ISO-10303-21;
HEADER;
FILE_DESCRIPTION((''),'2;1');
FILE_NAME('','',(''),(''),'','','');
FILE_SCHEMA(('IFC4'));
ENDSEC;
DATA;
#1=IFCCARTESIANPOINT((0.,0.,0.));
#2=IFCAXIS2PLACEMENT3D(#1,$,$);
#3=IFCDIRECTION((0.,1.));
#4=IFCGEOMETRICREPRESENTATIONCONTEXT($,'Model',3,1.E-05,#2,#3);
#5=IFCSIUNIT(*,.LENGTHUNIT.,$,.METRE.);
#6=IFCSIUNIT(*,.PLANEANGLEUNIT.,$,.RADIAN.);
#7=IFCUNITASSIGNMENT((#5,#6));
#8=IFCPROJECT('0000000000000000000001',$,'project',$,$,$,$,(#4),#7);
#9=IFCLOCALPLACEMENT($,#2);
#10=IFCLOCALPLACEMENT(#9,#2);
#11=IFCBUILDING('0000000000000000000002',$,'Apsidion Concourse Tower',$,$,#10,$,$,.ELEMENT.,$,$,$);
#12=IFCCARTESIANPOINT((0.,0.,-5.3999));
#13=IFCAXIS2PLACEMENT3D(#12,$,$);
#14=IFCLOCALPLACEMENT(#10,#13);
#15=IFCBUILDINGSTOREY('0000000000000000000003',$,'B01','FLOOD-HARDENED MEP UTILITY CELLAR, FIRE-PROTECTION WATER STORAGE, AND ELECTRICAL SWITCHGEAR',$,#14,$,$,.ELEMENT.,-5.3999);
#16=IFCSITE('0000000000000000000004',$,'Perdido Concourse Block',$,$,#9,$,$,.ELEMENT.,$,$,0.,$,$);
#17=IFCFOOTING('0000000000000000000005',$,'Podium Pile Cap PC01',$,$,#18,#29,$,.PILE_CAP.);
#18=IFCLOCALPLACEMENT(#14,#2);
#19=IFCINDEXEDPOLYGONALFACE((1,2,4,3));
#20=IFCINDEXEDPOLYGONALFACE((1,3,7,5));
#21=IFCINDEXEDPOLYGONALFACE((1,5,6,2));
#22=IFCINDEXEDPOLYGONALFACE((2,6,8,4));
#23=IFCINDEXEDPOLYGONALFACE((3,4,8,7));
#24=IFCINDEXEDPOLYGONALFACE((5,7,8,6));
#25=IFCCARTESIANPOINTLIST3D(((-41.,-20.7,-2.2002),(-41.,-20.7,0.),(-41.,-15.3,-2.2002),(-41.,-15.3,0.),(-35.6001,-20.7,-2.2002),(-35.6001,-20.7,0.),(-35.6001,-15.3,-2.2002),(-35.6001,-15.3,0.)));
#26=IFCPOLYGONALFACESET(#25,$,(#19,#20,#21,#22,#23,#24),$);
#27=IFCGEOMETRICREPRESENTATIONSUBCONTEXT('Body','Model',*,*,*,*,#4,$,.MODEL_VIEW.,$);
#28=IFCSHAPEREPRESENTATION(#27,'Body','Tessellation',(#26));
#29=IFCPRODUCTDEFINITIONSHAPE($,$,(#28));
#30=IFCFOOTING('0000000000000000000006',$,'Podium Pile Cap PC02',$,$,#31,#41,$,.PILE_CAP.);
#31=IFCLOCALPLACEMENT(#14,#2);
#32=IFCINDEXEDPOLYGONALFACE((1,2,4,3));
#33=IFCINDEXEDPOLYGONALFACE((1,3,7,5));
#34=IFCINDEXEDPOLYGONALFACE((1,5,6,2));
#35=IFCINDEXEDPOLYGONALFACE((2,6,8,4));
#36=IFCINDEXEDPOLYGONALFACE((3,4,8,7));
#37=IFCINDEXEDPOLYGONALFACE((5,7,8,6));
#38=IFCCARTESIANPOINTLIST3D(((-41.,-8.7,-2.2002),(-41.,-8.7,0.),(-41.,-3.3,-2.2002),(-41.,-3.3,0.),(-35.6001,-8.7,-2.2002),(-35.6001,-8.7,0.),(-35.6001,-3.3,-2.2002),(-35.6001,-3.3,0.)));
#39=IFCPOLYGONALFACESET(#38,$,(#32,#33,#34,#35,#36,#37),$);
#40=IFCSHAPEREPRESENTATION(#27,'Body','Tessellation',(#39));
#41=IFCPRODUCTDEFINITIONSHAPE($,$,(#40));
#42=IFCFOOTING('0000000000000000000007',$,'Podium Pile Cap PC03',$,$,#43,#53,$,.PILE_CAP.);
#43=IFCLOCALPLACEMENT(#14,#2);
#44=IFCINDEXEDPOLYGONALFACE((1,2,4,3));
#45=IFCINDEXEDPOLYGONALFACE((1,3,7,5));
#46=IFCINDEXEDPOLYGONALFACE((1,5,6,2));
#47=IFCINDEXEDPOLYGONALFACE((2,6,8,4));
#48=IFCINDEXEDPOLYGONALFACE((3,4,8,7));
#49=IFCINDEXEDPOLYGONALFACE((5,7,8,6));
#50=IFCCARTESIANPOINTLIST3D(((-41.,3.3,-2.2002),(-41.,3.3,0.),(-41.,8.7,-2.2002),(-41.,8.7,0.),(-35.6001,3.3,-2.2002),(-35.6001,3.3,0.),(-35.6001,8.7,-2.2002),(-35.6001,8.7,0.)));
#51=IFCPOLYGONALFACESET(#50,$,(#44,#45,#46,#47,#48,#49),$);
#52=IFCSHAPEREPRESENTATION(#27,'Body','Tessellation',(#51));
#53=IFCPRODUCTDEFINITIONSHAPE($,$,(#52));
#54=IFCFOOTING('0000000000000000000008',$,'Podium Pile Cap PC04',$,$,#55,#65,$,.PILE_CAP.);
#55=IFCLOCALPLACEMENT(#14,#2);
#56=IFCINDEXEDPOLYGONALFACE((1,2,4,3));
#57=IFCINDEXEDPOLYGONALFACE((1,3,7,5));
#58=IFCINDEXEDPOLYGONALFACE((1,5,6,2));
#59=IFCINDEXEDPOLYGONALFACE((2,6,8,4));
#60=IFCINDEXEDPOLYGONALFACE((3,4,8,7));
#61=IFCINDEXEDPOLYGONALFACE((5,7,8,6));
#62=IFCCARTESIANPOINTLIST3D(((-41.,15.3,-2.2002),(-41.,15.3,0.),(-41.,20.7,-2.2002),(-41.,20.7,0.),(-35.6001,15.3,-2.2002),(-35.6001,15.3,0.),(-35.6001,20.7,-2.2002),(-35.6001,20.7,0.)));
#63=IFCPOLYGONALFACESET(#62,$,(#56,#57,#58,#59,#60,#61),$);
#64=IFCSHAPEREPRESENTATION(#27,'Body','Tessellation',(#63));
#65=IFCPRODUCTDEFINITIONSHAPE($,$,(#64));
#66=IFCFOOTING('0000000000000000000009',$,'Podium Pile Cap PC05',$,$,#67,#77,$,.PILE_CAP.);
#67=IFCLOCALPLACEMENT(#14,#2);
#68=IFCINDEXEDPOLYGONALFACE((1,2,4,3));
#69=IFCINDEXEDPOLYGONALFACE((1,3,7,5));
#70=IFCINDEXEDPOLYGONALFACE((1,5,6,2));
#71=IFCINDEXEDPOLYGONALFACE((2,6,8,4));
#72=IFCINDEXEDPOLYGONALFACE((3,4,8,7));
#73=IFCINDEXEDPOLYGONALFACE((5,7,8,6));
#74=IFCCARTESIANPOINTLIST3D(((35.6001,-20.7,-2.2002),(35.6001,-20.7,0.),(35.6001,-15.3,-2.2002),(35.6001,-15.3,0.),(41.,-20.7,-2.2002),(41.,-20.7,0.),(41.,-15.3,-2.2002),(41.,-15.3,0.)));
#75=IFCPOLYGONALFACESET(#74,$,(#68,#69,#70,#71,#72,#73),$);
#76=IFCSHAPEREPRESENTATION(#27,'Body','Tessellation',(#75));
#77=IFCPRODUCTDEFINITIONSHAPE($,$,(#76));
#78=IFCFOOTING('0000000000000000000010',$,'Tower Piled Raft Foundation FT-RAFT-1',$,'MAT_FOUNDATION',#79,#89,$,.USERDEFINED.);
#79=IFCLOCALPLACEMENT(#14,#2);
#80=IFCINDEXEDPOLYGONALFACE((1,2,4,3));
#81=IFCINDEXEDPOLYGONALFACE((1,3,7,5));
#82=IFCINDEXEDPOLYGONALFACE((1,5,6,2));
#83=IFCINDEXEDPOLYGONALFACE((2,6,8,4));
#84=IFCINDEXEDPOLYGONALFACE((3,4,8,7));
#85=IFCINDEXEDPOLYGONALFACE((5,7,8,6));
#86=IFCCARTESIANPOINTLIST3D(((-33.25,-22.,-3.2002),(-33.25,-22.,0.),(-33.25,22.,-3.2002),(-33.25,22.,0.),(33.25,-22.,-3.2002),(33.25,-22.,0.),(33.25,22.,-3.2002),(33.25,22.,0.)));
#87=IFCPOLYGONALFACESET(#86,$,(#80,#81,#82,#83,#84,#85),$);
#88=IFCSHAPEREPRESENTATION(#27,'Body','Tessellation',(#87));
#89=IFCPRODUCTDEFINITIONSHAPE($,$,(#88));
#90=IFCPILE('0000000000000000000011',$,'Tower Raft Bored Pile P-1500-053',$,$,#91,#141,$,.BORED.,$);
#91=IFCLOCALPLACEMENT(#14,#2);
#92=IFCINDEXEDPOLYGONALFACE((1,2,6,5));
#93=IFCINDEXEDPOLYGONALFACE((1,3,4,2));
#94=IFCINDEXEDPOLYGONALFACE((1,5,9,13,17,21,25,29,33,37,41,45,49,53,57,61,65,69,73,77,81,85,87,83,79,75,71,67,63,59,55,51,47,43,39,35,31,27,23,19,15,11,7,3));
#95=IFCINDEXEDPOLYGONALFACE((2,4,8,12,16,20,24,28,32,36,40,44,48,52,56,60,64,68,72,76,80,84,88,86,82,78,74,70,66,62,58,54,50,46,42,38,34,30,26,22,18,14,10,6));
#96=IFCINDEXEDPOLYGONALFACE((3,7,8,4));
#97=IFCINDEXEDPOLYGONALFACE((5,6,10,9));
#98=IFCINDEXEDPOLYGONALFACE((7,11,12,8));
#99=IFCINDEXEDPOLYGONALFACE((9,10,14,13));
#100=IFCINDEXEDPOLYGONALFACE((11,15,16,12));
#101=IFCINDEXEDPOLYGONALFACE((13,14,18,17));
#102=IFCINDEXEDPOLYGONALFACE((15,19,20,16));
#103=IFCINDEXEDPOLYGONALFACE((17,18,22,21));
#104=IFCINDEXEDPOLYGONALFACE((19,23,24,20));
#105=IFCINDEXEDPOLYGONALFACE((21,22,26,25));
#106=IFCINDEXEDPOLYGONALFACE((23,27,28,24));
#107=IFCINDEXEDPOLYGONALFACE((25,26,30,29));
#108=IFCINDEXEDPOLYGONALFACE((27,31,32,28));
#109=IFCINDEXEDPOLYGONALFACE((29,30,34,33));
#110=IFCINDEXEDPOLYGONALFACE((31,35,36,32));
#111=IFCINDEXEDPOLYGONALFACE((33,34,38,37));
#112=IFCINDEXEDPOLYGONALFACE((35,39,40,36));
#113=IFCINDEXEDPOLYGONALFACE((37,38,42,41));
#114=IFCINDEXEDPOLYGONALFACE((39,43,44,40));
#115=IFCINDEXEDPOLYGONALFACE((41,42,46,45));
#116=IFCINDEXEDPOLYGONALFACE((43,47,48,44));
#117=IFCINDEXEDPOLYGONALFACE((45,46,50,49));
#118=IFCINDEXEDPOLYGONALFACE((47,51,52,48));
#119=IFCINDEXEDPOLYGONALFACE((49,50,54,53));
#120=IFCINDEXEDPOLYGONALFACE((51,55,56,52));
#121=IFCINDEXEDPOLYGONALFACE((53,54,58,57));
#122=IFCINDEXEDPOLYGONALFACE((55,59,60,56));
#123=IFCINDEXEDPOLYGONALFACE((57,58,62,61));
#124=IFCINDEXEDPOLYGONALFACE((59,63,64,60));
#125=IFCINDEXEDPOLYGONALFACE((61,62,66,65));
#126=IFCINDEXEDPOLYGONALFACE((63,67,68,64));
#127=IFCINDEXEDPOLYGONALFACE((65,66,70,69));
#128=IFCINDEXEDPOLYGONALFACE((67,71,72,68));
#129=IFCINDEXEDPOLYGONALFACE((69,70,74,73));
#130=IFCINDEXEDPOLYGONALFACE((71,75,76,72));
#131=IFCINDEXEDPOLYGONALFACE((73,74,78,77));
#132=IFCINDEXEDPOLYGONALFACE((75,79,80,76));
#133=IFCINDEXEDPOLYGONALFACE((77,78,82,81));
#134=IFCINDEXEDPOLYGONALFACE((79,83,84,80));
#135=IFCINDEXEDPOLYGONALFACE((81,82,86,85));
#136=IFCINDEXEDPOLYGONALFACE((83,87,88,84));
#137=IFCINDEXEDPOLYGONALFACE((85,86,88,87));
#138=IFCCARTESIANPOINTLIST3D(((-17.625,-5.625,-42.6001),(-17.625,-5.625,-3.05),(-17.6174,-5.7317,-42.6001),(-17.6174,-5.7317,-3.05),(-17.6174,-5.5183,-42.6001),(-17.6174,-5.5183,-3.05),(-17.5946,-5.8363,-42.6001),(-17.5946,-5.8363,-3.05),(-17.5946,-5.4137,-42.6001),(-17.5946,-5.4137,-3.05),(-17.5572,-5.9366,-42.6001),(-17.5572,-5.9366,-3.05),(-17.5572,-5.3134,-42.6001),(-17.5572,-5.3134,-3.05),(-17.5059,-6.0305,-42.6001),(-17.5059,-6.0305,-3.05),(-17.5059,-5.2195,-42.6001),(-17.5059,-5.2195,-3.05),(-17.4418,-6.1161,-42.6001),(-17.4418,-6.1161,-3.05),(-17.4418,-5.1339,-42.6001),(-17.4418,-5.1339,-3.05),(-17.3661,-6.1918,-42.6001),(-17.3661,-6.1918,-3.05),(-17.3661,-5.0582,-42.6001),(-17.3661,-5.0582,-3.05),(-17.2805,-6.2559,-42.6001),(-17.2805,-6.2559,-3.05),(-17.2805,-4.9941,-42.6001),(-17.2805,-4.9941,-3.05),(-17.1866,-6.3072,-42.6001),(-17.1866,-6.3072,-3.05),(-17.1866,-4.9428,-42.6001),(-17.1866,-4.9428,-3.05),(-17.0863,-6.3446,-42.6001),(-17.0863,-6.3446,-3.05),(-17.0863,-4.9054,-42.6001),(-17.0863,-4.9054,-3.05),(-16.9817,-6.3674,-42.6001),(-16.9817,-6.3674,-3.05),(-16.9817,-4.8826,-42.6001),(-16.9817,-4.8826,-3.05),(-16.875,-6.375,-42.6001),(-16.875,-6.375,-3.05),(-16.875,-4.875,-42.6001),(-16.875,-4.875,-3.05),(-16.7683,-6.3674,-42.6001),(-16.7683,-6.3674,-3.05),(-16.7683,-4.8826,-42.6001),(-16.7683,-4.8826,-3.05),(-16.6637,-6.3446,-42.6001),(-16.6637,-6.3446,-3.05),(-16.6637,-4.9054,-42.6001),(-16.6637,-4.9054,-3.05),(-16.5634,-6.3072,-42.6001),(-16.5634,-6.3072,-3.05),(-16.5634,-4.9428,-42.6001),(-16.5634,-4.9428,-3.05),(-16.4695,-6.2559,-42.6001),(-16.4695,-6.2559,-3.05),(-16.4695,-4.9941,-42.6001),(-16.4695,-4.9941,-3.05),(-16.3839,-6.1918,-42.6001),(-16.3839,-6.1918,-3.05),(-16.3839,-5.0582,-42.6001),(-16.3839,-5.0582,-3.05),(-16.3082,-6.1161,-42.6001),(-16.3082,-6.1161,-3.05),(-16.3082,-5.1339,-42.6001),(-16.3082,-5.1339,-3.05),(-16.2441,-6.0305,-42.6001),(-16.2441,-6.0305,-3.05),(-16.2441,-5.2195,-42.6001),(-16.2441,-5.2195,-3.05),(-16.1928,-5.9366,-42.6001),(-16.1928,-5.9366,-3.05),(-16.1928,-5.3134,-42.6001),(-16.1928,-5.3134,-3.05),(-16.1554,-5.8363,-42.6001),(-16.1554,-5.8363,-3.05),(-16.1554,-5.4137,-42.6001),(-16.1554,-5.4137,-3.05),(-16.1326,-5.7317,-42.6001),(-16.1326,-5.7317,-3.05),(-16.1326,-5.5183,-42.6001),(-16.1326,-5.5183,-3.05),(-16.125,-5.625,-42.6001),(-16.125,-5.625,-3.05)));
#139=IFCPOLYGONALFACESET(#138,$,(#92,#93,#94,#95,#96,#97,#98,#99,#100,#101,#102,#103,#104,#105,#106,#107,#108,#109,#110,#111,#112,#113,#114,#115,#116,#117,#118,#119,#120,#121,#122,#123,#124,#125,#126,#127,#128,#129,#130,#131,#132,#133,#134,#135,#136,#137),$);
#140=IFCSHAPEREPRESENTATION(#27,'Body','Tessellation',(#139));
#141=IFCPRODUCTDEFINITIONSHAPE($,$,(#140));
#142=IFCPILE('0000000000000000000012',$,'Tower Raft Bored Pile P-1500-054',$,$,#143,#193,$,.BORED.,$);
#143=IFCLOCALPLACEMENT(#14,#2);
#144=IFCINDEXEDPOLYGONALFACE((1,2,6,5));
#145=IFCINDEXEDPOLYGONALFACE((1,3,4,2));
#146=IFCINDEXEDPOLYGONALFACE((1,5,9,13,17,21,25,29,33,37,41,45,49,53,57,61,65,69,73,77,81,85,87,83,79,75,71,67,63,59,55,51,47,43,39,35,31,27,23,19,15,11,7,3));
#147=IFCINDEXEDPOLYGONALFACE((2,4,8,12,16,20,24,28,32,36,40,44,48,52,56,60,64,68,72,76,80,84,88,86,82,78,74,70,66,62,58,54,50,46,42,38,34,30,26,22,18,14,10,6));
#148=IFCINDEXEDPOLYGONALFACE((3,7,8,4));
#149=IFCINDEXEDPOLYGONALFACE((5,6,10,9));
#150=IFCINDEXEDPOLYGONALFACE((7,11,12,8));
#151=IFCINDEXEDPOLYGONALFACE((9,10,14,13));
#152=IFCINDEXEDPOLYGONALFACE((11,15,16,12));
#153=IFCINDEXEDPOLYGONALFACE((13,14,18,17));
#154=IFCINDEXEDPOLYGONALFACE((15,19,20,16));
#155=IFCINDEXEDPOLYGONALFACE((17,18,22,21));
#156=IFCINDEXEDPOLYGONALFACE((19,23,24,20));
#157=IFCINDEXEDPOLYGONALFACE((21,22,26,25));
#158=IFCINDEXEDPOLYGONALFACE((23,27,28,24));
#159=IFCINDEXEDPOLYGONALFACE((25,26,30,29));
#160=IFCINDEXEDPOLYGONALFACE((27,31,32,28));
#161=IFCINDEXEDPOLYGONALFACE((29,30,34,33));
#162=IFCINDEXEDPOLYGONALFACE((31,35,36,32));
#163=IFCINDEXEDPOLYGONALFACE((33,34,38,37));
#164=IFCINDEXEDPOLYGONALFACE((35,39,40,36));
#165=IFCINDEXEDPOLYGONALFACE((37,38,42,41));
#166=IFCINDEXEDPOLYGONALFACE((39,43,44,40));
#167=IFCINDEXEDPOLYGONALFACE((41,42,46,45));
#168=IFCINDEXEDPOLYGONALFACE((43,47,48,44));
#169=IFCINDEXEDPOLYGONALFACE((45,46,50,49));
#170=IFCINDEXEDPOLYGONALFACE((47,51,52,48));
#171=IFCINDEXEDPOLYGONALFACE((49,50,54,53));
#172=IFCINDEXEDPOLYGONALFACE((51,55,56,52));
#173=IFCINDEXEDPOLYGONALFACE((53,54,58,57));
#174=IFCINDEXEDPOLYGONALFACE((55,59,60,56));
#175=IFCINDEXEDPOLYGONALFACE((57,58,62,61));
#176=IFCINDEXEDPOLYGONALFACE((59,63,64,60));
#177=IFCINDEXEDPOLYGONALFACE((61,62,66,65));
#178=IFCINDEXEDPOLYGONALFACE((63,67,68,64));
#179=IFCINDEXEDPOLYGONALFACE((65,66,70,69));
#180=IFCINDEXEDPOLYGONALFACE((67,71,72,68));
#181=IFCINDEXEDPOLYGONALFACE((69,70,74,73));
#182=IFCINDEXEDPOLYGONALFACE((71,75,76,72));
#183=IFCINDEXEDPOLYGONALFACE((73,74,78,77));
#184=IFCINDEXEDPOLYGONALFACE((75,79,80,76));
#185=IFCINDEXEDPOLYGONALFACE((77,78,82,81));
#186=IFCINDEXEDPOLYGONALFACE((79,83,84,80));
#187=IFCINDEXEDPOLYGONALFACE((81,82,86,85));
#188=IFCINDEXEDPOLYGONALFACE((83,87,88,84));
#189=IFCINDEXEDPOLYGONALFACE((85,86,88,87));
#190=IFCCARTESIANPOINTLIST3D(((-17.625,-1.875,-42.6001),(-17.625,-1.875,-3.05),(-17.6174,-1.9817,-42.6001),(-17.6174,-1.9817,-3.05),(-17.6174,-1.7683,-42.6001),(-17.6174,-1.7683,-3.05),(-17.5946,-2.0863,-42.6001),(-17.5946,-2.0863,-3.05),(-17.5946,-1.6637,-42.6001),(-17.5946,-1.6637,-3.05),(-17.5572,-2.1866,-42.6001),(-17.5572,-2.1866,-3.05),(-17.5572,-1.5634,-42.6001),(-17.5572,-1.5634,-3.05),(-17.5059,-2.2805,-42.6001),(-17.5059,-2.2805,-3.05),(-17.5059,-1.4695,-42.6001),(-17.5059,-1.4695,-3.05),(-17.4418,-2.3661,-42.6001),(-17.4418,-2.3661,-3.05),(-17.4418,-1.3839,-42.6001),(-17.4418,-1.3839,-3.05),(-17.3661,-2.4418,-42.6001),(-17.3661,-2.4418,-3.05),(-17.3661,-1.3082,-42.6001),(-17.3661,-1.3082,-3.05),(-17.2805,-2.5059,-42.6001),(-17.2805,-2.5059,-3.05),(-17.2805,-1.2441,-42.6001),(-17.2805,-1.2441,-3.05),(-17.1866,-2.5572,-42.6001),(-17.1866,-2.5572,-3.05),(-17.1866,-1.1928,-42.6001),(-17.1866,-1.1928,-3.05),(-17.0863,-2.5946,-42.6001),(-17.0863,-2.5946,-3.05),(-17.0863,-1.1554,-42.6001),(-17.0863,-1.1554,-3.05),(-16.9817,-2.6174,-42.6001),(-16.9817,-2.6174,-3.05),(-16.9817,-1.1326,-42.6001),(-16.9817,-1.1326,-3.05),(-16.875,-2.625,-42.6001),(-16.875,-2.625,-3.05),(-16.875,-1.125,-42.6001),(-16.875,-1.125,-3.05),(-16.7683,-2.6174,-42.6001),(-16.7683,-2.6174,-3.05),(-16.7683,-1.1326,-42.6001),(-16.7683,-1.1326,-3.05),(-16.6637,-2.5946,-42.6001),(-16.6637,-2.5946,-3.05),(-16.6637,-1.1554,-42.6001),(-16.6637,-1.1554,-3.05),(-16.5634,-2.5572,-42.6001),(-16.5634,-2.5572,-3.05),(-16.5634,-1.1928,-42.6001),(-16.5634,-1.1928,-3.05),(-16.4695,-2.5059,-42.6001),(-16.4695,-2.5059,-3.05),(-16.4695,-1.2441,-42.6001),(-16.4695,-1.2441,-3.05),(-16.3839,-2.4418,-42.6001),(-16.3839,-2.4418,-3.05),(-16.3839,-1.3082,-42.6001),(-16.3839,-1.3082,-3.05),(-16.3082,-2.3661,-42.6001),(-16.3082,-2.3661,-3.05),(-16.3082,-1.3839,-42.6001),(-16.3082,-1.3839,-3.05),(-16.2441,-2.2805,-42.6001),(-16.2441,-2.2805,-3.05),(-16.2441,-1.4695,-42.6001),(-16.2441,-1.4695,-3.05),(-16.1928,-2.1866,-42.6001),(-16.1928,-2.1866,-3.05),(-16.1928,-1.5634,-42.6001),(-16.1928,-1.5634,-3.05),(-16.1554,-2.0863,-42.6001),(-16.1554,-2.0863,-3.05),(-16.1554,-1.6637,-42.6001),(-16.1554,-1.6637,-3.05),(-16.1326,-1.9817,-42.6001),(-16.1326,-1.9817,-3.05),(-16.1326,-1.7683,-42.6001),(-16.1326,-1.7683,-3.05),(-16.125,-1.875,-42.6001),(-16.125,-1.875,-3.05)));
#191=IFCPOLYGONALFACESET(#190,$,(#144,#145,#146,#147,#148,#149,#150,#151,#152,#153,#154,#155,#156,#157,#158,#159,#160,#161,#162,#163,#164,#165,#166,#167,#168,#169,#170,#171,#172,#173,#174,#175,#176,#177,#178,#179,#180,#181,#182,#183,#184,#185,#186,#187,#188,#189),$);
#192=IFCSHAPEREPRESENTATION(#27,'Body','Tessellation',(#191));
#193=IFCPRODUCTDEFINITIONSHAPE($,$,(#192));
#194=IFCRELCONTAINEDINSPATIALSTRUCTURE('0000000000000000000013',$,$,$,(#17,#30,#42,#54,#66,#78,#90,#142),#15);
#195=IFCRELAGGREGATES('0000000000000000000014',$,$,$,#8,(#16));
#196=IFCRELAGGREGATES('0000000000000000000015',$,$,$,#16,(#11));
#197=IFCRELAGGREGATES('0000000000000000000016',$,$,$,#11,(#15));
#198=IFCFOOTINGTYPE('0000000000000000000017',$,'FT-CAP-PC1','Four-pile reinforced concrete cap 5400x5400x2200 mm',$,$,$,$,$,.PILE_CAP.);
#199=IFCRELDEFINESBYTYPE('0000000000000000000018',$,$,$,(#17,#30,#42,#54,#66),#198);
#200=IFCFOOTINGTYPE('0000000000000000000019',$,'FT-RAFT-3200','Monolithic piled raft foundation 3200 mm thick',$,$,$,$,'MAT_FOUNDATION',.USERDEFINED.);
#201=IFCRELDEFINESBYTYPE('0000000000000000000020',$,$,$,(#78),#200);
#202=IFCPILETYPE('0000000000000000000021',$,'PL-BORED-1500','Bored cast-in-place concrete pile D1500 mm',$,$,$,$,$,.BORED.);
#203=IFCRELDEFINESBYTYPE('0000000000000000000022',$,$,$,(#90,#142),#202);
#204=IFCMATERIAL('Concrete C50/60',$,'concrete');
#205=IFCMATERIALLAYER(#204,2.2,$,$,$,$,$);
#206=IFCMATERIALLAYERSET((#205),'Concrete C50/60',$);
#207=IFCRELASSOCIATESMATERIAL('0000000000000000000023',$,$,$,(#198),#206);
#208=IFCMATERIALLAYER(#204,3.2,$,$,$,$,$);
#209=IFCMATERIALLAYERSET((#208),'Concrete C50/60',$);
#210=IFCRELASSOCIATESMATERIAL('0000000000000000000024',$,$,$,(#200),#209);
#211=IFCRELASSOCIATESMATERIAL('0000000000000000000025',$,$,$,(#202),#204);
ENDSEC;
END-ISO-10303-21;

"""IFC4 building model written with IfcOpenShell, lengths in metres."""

from ifc_helpers import new_model, si_unit, direction, frame, origin, origin_2d, place, context, subcontext, project, spatial, polyline, circle, outline, extrude, material, layer, layer_set, material_profile, profile_set, type_object, element, save


model = new_model("IFC4")

# Units and contexts
model_context = context("Model", 3, precision=1e-05, world=origin(), true_north=direction((0.0, 1.0)))
body_context = subcontext(model_context, "Body", "Model", "MODEL_VIEW")
ifc_project = project(units=[si_unit("LENGTHUNIT", "METRE"), si_unit("PLANEANGLEUNIT", "RADIAN")], contexts=[model_context])

# Site, building, storey
site_placement = place(None, origin())
site = spatial("IfcSite", under=ifc_project, at=site_placement, Name="Perdido Concourse Block", CompositionType="ELEMENT", RefElevation=0.0)
building_placement = place(site_placement, origin())
building = spatial("IfcBuilding", under=site, at=building_placement, Name="Apsidion Concourse Tower", CompositionType="ELEMENT")
storey_placement = place(building_placement, frame((0.0, 0.0, -5.3999)))
storey = spatial("IfcBuildingStorey", under=building, at=storey_placement, Name="B01", Description="FLOOD-HARDENED MEP UTILITY CELLAR, FIRE-PROTECTION WATER STORAGE, AND ELECTRICAL SWITCHGEAR", CompositionType="ELEMENT", Elevation=-5.3999)

# Footings
ifc_material_1 = material(Name="Concrete C50/60", Category="concrete")
ifc_layer_1 = layer(ifc_material_1, 2.2)
ifc_layer_set_1 = layer_set([ifc_layer_1], Name="Concrete C50/60")
footing_type_1 = type_object("IfcFootingType", Name="FT-CAP-PC1", Description="Four-pile reinforced concrete cap 5400x5400x2200 mm", PredefinedType="PILE_CAP", material=ifc_layer_set_1)
footing_1_placement = place(storey_placement, frame((0.0, 0.0, -2.2002)))
element("IfcFooting", 1, at=footing_1_placement, inside=storey, type_object=footing_type_1, Name="Podium Pile Cap PC01", PredefinedType="PILE_CAP", context=body_context, shape_type="SweptSolid", body=[
    extrude(outline(polyline([(-41.0, -20.7), (-35.6001, -20.7), (-35.6001, -15.3), (-41.0, -15.3), (-41.0, -20.7)])), origin(), (0.0, 0.0, 1.0), 2.2002),
])
footing_2_placement = place(storey_placement, frame((0.0, 0.0, -2.2002)))
element("IfcFooting", 2, at=footing_2_placement, inside=storey, type_object=footing_type_1, Name="Podium Pile Cap PC02", PredefinedType="PILE_CAP", context=body_context, shape_type="SweptSolid", body=[
    extrude(outline(polyline([(-41.0, -8.7), (-35.6001, -8.7), (-35.6001, -3.3), (-41.0, -3.3), (-41.0, -8.7)])), origin(), (0.0, 0.0, 1.0), 2.2002),
])
footing_3_placement = place(storey_placement, frame((0.0, 0.0, -2.2002)))
element("IfcFooting", 3, at=footing_3_placement, inside=storey, type_object=footing_type_1, Name="Podium Pile Cap PC03", PredefinedType="PILE_CAP", context=body_context, shape_type="SweptSolid", body=[
    extrude(outline(polyline([(-41.0, 3.3), (-35.6001, 3.3), (-35.6001, 8.7), (-41.0, 8.7), (-41.0, 3.3)])), origin(), (0.0, 0.0, 1.0), 2.2002),
])
footing_4_placement = place(storey_placement, frame((0.0, 0.0, -2.2002)))
element("IfcFooting", 4, at=footing_4_placement, inside=storey, type_object=footing_type_1, Name="Podium Pile Cap PC04", PredefinedType="PILE_CAP", context=body_context, shape_type="SweptSolid", body=[
    extrude(outline(polyline([(-41.0, 15.3), (-35.6001, 15.3), (-35.6001, 20.7), (-41.0, 20.7), (-41.0, 15.3)])), origin(), (0.0, 0.0, 1.0), 2.2002),
])
footing_5_placement = place(storey_placement, frame((0.0, 0.0, -2.2002)))
element("IfcFooting", 5, at=footing_5_placement, inside=storey, type_object=footing_type_1, Name="Podium Pile Cap PC05", PredefinedType="PILE_CAP", context=body_context, shape_type="SweptSolid", body=[
    extrude(outline(polyline([(35.6001, -20.7), (41.0, -20.7), (41.0, -15.3), (35.6001, -15.3), (35.6001, -20.7)])), origin(), (0.0, 0.0, 1.0), 2.2002),
])
ifc_layer_2 = layer(ifc_material_1, 3.2)
ifc_layer_set_2 = layer_set([ifc_layer_2], Name="Concrete C50/60")
footing_type_2 = type_object("IfcFootingType", Name="FT-RAFT-3200", Description="Monolithic piled raft foundation 3200 mm thick", ElementType="MAT_FOUNDATION", PredefinedType="USERDEFINED", material=ifc_layer_set_2)
footing_6_placement = place(storey_placement, frame((0.0, 0.0, -3.2002)))
element("IfcFooting", 6, at=footing_6_placement, inside=storey, type_object=footing_type_2, Name="Tower Piled Raft Foundation FT-RAFT-1", ObjectType="MAT_FOUNDATION", PredefinedType="USERDEFINED", context=body_context, shape_type="SweptSolid", body=[
    extrude(outline(polyline([(-33.25, -22.0), (33.25, -22.0), (33.25, 22.0), (-33.25, 22.0), (-33.25, -22.0)])), origin(), (0.0, 0.0, 1.0), 3.2002),
])

# Piles
ifc_material_profile_1 = material_profile(ifc_material_1, circle(Radius=0.75, at=origin_2d()), Name="BORED PILE D1500")
ifc_profile_set_1 = profile_set([ifc_material_profile_1], Name="Concrete C50/60")
pile_type = type_object("IfcPileType", Name="PL-BORED-1500", Description="Bored cast-in-place concrete pile D1500 mm", PredefinedType="BORED", material=ifc_profile_set_1)
for number, where, z_axis, x_axis, name in (
    (7, (-16.875, -5.625, -3.05), (0.0, 0.0, -1.0), (1.0, 0.0, 0.0), "Tower Raft Bored Pile P-1500-053"),
    (8, (-16.875, -1.875, -3.05), (0.0, 0.0, -1.0), (1.0, 0.0, 0.0), "Tower Raft Bored Pile P-1500-054"),
):
    element("IfcPile", number, at=place(storey_placement, frame(where, z_axis=z_axis, x_axis=x_axis)), inside=storey, type_object=pile_type, Name=name, PredefinedType="BORED", context=body_context, shape_type="SweptSolid", body=[
        extrude(circle(Radius=0.75, at=origin_2d()), origin(), (0.0, 0.0, 1.0), 39.55),
    ])

save(model, "model.ifc")
